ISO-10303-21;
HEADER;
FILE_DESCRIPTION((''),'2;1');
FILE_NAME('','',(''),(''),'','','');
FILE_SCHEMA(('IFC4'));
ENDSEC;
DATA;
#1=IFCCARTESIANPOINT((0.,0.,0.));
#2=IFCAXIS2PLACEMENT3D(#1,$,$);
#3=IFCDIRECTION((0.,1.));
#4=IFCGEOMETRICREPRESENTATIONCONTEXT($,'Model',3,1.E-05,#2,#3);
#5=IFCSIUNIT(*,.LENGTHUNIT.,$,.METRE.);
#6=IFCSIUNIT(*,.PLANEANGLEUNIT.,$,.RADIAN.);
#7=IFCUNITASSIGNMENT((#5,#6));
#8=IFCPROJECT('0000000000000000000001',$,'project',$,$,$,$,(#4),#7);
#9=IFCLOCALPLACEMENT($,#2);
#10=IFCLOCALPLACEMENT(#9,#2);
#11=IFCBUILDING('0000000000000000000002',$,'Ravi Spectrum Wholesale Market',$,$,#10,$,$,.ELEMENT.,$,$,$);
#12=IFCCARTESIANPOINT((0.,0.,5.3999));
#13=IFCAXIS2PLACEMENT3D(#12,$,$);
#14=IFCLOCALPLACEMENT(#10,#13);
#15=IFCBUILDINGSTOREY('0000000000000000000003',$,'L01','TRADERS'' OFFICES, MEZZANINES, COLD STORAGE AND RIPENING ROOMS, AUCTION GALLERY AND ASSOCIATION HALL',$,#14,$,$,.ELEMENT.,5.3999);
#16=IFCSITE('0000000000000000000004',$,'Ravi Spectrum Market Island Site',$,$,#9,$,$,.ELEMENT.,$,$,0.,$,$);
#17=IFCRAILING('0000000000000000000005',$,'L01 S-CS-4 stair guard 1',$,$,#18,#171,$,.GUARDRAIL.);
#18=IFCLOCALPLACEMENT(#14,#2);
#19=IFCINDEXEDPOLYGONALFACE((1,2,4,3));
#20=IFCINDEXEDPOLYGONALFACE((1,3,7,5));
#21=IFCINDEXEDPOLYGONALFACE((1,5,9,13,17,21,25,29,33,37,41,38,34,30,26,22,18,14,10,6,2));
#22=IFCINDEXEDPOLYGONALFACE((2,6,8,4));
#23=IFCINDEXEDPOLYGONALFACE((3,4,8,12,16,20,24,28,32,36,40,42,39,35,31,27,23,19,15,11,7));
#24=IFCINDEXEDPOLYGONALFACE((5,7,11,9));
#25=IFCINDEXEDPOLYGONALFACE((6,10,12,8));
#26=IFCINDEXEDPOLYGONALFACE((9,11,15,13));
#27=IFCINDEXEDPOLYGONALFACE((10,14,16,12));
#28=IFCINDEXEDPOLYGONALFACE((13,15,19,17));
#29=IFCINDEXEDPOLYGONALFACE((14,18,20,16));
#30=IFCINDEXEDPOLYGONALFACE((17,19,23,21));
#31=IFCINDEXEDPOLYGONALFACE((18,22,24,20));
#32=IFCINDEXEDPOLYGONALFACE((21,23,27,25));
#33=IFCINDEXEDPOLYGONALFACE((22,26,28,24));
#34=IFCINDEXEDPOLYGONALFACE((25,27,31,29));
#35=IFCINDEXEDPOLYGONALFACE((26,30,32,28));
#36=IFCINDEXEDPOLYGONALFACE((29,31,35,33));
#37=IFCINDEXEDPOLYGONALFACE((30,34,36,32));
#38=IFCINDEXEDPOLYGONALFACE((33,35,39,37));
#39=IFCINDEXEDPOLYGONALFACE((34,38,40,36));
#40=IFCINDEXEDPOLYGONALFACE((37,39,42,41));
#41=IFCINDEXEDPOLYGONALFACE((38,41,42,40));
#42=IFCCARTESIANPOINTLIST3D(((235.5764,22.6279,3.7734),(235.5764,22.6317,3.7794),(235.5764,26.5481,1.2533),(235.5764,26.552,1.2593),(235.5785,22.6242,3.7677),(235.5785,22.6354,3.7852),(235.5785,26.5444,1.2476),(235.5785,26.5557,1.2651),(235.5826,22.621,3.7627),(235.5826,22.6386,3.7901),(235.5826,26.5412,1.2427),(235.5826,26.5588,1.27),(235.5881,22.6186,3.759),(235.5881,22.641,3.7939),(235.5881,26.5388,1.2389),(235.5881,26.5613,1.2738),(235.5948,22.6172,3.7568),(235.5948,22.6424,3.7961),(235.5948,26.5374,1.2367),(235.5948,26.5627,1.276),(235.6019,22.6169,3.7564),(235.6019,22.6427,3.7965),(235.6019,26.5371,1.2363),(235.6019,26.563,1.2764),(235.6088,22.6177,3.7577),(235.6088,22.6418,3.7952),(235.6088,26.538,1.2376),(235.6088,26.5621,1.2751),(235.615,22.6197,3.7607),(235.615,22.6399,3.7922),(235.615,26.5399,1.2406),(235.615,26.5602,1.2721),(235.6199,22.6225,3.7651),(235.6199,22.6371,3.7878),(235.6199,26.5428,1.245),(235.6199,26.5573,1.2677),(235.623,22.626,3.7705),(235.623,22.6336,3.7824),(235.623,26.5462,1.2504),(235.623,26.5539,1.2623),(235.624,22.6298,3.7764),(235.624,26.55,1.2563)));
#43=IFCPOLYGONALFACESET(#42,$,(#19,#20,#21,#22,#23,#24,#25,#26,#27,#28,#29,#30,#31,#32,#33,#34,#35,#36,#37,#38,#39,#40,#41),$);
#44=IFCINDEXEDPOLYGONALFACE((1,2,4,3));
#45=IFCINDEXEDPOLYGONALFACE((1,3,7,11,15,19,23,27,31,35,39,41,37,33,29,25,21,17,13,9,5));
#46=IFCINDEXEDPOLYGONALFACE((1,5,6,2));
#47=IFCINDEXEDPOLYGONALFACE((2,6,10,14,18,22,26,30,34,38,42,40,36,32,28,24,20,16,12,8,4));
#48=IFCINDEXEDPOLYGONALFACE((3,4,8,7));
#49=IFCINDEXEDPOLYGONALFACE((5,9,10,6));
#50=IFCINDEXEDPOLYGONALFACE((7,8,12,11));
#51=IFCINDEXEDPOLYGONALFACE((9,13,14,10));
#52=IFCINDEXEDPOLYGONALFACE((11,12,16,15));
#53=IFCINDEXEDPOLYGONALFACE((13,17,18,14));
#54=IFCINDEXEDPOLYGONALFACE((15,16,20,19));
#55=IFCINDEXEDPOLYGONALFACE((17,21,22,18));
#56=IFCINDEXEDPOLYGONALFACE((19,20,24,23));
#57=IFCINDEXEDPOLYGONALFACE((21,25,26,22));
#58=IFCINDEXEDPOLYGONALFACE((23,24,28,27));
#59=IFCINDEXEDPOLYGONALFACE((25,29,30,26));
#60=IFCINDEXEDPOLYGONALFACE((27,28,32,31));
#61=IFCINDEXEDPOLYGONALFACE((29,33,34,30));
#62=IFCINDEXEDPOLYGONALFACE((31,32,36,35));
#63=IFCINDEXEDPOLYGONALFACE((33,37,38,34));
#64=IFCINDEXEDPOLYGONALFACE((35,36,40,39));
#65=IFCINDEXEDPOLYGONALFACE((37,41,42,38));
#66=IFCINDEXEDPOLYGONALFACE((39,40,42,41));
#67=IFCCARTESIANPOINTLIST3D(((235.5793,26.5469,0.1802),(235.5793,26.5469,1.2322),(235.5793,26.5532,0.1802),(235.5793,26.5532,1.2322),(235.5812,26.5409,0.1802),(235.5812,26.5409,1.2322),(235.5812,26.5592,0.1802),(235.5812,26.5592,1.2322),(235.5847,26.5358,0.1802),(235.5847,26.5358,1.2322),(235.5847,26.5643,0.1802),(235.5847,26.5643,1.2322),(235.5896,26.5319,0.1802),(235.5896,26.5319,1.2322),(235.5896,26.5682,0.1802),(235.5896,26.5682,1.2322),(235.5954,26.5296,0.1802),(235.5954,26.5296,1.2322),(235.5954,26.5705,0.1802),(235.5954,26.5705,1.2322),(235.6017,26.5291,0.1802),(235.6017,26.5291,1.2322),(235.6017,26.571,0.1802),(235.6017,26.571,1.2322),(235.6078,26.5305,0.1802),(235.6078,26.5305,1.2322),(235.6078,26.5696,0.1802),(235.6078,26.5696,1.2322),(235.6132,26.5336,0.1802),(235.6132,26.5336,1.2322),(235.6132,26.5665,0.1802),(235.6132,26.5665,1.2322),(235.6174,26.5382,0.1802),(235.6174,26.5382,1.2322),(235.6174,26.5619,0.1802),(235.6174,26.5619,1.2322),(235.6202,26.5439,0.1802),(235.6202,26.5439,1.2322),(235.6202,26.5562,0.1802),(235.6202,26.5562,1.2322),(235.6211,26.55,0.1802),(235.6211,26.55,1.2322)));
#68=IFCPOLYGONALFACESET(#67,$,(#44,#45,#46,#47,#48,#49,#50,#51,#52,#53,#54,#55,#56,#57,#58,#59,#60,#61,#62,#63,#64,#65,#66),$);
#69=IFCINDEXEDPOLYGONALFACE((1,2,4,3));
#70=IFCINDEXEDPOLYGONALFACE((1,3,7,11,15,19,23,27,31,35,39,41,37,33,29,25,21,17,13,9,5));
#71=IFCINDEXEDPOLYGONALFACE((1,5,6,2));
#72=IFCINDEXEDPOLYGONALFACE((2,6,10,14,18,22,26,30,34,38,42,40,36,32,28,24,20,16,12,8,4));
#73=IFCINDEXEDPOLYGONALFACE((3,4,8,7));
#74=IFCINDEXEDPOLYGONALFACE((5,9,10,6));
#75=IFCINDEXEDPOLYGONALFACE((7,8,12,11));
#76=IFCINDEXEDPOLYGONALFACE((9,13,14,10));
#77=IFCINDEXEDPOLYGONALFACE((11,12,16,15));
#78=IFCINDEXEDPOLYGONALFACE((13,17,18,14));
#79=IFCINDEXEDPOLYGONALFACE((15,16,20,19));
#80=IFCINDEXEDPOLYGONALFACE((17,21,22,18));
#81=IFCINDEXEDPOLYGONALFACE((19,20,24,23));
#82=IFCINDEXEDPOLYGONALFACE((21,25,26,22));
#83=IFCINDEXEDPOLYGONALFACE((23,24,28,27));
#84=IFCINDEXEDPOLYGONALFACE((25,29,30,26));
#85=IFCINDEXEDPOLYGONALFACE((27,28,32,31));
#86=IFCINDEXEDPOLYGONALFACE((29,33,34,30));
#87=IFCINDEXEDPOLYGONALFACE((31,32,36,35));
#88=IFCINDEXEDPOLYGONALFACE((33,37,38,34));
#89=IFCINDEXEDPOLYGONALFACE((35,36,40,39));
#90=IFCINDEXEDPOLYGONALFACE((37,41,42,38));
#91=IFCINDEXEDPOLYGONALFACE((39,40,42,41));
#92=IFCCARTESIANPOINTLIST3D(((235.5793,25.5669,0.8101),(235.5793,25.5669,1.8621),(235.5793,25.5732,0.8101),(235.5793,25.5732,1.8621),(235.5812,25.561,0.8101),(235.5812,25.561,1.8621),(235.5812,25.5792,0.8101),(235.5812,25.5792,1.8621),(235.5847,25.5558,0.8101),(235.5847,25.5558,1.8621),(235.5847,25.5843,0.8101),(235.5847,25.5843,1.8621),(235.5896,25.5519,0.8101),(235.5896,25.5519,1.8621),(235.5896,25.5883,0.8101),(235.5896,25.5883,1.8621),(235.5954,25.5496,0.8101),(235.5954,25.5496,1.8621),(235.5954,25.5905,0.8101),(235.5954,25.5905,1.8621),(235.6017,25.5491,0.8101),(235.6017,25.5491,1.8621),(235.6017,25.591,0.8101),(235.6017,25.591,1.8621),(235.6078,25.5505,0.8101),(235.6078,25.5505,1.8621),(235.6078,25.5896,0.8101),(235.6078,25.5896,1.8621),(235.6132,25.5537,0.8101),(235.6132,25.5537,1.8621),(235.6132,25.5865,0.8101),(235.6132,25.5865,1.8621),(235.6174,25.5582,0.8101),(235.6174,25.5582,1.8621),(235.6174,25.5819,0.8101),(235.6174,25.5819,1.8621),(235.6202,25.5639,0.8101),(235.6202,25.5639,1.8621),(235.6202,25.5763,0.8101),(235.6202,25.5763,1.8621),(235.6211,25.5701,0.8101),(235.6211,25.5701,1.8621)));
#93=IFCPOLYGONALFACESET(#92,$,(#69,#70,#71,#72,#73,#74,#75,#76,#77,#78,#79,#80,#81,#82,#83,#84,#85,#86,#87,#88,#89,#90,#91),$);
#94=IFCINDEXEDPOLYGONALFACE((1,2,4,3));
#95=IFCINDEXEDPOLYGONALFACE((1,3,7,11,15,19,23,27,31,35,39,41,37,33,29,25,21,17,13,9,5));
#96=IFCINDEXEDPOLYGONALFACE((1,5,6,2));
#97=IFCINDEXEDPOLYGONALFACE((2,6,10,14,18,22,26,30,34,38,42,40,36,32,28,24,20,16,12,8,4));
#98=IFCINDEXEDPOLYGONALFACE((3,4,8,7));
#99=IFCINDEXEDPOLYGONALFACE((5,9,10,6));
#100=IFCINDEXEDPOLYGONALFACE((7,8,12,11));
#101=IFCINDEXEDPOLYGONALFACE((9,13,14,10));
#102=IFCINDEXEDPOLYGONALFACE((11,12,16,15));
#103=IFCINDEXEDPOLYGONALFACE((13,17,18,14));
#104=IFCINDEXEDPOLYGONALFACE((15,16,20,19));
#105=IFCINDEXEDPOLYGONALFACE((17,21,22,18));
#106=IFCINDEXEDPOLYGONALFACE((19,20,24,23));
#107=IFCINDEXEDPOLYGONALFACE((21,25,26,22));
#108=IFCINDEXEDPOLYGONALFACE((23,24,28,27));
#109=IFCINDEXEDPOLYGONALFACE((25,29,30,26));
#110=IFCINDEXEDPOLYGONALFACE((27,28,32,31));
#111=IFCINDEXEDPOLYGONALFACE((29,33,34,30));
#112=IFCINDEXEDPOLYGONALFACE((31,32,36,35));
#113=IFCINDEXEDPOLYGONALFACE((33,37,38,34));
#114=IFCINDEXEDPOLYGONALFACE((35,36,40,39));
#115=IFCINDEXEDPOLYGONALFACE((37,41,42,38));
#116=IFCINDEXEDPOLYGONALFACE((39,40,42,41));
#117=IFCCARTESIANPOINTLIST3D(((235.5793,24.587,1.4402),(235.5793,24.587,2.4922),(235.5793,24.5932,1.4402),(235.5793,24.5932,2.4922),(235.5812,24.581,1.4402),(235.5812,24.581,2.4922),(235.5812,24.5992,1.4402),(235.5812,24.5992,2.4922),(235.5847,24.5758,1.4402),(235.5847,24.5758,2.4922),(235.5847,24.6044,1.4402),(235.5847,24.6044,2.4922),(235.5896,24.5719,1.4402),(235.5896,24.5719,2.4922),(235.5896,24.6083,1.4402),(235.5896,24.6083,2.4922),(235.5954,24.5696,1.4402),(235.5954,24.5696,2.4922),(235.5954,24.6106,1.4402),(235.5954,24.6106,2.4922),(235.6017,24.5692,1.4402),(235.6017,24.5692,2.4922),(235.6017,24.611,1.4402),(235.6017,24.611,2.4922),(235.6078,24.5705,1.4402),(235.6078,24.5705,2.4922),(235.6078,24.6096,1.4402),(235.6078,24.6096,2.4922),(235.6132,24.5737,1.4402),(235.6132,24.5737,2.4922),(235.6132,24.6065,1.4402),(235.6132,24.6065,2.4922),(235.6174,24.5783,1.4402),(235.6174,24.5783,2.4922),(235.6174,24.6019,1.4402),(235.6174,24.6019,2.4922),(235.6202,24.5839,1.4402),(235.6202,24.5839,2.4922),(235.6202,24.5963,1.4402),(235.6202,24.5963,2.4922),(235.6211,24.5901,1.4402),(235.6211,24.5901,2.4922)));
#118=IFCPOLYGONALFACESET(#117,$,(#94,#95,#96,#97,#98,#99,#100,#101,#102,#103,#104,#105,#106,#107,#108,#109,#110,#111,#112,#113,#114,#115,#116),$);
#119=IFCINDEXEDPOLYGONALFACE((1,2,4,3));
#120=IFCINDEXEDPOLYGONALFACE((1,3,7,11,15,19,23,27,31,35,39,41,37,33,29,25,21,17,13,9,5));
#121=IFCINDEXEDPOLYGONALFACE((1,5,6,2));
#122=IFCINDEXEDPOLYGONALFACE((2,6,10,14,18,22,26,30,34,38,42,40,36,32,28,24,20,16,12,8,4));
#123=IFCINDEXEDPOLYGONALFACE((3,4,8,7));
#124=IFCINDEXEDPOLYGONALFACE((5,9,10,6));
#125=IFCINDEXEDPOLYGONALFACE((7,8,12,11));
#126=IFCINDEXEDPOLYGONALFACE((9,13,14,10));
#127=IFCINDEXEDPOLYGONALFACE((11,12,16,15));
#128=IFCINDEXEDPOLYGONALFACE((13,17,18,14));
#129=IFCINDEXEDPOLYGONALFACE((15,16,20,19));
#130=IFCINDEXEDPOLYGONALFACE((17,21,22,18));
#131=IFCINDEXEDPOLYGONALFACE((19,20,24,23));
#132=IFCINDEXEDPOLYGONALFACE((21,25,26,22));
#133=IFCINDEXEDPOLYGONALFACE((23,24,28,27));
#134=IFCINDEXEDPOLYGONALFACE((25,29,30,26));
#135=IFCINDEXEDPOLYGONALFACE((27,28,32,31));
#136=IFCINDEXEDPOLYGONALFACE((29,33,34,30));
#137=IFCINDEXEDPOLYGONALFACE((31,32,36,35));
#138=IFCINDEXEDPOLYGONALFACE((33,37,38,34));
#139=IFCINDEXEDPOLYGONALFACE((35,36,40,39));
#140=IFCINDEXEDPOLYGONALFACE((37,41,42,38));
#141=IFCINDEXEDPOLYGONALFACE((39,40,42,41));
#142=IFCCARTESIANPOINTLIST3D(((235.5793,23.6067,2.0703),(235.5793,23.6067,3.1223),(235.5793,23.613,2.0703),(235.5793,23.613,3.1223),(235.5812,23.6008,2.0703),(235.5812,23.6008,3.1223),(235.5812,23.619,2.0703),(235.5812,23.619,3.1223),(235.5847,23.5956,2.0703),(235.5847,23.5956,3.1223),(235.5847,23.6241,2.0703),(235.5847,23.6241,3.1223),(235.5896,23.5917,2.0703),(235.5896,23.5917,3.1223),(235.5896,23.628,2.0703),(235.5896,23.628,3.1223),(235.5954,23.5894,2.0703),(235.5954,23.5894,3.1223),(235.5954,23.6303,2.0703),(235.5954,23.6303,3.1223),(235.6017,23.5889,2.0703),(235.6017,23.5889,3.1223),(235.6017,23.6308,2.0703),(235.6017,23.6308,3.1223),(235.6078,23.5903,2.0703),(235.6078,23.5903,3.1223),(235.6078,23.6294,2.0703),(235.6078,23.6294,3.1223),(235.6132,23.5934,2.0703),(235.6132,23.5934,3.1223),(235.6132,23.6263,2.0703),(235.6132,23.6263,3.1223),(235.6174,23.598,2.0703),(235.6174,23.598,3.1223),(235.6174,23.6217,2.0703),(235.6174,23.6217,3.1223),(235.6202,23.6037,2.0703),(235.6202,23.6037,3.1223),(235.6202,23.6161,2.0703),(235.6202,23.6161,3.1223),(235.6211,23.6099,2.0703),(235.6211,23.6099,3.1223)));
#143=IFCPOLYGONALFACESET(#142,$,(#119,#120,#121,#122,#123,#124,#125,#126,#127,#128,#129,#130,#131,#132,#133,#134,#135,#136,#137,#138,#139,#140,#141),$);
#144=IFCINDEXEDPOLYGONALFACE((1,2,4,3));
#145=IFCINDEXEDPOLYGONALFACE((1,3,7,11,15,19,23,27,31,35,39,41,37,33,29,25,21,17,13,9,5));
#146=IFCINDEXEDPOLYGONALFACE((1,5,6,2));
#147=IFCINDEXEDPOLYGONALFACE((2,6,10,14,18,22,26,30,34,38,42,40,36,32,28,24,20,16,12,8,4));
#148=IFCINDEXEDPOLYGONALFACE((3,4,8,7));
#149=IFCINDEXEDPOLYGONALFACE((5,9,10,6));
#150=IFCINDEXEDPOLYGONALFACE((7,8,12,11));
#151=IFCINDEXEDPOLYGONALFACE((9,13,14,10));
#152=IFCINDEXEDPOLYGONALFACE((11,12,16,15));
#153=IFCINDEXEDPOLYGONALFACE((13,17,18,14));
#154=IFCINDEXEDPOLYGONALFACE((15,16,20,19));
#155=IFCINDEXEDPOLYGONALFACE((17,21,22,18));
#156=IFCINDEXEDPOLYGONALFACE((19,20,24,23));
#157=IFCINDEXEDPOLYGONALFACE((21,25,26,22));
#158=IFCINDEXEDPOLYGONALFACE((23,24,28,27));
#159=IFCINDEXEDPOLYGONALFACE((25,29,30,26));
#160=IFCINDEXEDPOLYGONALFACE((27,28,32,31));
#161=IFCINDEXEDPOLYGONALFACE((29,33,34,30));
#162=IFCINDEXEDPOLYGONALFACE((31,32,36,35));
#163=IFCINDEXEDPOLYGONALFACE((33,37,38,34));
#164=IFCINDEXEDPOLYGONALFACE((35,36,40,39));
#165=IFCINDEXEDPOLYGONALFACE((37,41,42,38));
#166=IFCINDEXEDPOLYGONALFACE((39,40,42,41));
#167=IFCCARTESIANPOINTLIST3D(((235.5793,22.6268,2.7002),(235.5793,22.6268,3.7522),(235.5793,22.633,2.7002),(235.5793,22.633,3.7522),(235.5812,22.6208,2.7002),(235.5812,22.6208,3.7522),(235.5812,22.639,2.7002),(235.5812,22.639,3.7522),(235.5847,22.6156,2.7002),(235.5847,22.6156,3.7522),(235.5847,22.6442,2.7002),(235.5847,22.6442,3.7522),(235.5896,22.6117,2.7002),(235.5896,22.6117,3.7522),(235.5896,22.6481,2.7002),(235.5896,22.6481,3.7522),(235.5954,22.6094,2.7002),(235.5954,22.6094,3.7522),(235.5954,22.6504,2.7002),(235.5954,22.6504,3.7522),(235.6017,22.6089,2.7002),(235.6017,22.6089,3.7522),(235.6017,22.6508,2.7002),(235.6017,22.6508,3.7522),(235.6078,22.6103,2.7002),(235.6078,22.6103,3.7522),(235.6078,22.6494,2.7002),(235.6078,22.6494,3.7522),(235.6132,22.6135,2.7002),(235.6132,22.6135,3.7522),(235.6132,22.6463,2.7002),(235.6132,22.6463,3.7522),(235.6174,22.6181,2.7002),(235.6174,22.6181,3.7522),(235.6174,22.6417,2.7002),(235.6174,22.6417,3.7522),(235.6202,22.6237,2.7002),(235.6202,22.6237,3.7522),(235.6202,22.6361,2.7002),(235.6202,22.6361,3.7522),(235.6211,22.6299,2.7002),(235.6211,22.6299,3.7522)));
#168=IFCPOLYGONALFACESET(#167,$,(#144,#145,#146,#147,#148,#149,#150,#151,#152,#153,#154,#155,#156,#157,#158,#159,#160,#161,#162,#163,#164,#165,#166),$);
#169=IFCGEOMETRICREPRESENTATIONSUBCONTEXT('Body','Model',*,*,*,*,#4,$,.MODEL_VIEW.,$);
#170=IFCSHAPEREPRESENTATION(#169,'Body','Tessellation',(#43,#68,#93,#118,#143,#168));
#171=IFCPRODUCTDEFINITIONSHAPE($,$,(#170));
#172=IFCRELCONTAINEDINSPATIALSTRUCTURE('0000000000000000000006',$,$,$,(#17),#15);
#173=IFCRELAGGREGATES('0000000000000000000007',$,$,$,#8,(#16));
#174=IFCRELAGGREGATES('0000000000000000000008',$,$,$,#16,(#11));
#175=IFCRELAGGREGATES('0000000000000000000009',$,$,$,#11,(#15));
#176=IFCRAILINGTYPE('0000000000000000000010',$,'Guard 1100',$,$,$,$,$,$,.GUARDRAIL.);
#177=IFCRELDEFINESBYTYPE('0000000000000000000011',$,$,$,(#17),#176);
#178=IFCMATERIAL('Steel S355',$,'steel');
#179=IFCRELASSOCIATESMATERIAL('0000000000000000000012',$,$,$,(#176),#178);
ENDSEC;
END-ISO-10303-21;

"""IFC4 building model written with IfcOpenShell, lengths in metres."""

from ifc_helpers import new_model, si_unit, direction, frame, origin, origin_2d, place, context, subcontext, project, spatial, circle, extrude, material, type_object, element, save


model = new_model("IFC4")

# Units and contexts
model_context = context("Model", 3, precision=1e-05, world=origin(), true_north=direction((0.0, 1.0)))
body_context = subcontext(model_context, "Body", "Model", "MODEL_VIEW")
ifc_project = project(units=[si_unit("LENGTHUNIT", "METRE"), si_unit("PLANEANGLEUNIT", "RADIAN")], contexts=[model_context])

# Site, building, storey
site_placement = place(None, origin())
site = spatial("IfcSite", under=ifc_project, at=site_placement, Name="Ravi Spectrum Market Island Site", CompositionType="ELEMENT", RefElevation=0.0)
building_placement = place(site_placement, origin())
building = spatial("IfcBuilding", under=site, at=building_placement, Name="Ravi Spectrum Wholesale Market", CompositionType="ELEMENT")
storey_placement = place(building_placement, frame((0.0, 0.0, 5.3999)))
storey = spatial("IfcBuildingStorey", under=building, at=storey_placement, Name="L01", Description="TRADERS' OFFICES, MEZZANINES, COLD STORAGE AND RIPENING ROOMS, AUCTION GALLERY AND ASSOCIATION HALL", CompositionType="ELEMENT", Elevation=5.3999)

# Railing
ifc_material_1 = material(Name="Steel S355", Category="steel")
railing_type_1 = type_object("IfcRailingType", Name="Guard 1100", PredefinedType="GUARDRAIL", material=ifc_material_1)
railing_1_placement = place(storey_placement, frame((235.6001, 26.55, 0.1802)))
element("IfcRailing", 1, at=railing_1_placement, inside=storey, type_object=railing_type_1, Name="L01 S-CS-4 stair guard 1", PredefinedType="GUARDRAIL", context=body_context, shape_type="SweptSolid", body=[
    extrude(circle(Radius=0.0239, at=origin_2d()), frame((0.0, 0.0, 1.0762), z_axis=(0.0, -0.841187, 0.540744), x_axis=(1.0, 0.0, 0.0)), (0.0, 0.0, 1.0), 4.6604),
    extrude(circle(Radius=0.021, at=origin_2d()), origin(), (0.0, 0.0, 1.0), 1.052),
    extrude(circle(Radius=0.021, at=origin_2d()), frame((0.0, -0.98, 0.6299)), (0.0, 0.0, 1.0), 1.052),
    extrude(circle(Radius=0.021, at=origin_2d()), frame((0.0, -1.96, 1.26)), (0.0, 0.0, 1.0), 1.052),
    extrude(circle(Radius=0.021, at=origin_2d()), frame((0.0, -2.9402, 1.8901)), (0.0, 0.0, 1.0), 1.052),
    extrude(circle(Radius=0.021, at=origin_2d()), frame((0.0, -3.9202, 2.52)), (0.0, 0.0, 1.0), 1.052),
])

save(model, "model.ifc")
